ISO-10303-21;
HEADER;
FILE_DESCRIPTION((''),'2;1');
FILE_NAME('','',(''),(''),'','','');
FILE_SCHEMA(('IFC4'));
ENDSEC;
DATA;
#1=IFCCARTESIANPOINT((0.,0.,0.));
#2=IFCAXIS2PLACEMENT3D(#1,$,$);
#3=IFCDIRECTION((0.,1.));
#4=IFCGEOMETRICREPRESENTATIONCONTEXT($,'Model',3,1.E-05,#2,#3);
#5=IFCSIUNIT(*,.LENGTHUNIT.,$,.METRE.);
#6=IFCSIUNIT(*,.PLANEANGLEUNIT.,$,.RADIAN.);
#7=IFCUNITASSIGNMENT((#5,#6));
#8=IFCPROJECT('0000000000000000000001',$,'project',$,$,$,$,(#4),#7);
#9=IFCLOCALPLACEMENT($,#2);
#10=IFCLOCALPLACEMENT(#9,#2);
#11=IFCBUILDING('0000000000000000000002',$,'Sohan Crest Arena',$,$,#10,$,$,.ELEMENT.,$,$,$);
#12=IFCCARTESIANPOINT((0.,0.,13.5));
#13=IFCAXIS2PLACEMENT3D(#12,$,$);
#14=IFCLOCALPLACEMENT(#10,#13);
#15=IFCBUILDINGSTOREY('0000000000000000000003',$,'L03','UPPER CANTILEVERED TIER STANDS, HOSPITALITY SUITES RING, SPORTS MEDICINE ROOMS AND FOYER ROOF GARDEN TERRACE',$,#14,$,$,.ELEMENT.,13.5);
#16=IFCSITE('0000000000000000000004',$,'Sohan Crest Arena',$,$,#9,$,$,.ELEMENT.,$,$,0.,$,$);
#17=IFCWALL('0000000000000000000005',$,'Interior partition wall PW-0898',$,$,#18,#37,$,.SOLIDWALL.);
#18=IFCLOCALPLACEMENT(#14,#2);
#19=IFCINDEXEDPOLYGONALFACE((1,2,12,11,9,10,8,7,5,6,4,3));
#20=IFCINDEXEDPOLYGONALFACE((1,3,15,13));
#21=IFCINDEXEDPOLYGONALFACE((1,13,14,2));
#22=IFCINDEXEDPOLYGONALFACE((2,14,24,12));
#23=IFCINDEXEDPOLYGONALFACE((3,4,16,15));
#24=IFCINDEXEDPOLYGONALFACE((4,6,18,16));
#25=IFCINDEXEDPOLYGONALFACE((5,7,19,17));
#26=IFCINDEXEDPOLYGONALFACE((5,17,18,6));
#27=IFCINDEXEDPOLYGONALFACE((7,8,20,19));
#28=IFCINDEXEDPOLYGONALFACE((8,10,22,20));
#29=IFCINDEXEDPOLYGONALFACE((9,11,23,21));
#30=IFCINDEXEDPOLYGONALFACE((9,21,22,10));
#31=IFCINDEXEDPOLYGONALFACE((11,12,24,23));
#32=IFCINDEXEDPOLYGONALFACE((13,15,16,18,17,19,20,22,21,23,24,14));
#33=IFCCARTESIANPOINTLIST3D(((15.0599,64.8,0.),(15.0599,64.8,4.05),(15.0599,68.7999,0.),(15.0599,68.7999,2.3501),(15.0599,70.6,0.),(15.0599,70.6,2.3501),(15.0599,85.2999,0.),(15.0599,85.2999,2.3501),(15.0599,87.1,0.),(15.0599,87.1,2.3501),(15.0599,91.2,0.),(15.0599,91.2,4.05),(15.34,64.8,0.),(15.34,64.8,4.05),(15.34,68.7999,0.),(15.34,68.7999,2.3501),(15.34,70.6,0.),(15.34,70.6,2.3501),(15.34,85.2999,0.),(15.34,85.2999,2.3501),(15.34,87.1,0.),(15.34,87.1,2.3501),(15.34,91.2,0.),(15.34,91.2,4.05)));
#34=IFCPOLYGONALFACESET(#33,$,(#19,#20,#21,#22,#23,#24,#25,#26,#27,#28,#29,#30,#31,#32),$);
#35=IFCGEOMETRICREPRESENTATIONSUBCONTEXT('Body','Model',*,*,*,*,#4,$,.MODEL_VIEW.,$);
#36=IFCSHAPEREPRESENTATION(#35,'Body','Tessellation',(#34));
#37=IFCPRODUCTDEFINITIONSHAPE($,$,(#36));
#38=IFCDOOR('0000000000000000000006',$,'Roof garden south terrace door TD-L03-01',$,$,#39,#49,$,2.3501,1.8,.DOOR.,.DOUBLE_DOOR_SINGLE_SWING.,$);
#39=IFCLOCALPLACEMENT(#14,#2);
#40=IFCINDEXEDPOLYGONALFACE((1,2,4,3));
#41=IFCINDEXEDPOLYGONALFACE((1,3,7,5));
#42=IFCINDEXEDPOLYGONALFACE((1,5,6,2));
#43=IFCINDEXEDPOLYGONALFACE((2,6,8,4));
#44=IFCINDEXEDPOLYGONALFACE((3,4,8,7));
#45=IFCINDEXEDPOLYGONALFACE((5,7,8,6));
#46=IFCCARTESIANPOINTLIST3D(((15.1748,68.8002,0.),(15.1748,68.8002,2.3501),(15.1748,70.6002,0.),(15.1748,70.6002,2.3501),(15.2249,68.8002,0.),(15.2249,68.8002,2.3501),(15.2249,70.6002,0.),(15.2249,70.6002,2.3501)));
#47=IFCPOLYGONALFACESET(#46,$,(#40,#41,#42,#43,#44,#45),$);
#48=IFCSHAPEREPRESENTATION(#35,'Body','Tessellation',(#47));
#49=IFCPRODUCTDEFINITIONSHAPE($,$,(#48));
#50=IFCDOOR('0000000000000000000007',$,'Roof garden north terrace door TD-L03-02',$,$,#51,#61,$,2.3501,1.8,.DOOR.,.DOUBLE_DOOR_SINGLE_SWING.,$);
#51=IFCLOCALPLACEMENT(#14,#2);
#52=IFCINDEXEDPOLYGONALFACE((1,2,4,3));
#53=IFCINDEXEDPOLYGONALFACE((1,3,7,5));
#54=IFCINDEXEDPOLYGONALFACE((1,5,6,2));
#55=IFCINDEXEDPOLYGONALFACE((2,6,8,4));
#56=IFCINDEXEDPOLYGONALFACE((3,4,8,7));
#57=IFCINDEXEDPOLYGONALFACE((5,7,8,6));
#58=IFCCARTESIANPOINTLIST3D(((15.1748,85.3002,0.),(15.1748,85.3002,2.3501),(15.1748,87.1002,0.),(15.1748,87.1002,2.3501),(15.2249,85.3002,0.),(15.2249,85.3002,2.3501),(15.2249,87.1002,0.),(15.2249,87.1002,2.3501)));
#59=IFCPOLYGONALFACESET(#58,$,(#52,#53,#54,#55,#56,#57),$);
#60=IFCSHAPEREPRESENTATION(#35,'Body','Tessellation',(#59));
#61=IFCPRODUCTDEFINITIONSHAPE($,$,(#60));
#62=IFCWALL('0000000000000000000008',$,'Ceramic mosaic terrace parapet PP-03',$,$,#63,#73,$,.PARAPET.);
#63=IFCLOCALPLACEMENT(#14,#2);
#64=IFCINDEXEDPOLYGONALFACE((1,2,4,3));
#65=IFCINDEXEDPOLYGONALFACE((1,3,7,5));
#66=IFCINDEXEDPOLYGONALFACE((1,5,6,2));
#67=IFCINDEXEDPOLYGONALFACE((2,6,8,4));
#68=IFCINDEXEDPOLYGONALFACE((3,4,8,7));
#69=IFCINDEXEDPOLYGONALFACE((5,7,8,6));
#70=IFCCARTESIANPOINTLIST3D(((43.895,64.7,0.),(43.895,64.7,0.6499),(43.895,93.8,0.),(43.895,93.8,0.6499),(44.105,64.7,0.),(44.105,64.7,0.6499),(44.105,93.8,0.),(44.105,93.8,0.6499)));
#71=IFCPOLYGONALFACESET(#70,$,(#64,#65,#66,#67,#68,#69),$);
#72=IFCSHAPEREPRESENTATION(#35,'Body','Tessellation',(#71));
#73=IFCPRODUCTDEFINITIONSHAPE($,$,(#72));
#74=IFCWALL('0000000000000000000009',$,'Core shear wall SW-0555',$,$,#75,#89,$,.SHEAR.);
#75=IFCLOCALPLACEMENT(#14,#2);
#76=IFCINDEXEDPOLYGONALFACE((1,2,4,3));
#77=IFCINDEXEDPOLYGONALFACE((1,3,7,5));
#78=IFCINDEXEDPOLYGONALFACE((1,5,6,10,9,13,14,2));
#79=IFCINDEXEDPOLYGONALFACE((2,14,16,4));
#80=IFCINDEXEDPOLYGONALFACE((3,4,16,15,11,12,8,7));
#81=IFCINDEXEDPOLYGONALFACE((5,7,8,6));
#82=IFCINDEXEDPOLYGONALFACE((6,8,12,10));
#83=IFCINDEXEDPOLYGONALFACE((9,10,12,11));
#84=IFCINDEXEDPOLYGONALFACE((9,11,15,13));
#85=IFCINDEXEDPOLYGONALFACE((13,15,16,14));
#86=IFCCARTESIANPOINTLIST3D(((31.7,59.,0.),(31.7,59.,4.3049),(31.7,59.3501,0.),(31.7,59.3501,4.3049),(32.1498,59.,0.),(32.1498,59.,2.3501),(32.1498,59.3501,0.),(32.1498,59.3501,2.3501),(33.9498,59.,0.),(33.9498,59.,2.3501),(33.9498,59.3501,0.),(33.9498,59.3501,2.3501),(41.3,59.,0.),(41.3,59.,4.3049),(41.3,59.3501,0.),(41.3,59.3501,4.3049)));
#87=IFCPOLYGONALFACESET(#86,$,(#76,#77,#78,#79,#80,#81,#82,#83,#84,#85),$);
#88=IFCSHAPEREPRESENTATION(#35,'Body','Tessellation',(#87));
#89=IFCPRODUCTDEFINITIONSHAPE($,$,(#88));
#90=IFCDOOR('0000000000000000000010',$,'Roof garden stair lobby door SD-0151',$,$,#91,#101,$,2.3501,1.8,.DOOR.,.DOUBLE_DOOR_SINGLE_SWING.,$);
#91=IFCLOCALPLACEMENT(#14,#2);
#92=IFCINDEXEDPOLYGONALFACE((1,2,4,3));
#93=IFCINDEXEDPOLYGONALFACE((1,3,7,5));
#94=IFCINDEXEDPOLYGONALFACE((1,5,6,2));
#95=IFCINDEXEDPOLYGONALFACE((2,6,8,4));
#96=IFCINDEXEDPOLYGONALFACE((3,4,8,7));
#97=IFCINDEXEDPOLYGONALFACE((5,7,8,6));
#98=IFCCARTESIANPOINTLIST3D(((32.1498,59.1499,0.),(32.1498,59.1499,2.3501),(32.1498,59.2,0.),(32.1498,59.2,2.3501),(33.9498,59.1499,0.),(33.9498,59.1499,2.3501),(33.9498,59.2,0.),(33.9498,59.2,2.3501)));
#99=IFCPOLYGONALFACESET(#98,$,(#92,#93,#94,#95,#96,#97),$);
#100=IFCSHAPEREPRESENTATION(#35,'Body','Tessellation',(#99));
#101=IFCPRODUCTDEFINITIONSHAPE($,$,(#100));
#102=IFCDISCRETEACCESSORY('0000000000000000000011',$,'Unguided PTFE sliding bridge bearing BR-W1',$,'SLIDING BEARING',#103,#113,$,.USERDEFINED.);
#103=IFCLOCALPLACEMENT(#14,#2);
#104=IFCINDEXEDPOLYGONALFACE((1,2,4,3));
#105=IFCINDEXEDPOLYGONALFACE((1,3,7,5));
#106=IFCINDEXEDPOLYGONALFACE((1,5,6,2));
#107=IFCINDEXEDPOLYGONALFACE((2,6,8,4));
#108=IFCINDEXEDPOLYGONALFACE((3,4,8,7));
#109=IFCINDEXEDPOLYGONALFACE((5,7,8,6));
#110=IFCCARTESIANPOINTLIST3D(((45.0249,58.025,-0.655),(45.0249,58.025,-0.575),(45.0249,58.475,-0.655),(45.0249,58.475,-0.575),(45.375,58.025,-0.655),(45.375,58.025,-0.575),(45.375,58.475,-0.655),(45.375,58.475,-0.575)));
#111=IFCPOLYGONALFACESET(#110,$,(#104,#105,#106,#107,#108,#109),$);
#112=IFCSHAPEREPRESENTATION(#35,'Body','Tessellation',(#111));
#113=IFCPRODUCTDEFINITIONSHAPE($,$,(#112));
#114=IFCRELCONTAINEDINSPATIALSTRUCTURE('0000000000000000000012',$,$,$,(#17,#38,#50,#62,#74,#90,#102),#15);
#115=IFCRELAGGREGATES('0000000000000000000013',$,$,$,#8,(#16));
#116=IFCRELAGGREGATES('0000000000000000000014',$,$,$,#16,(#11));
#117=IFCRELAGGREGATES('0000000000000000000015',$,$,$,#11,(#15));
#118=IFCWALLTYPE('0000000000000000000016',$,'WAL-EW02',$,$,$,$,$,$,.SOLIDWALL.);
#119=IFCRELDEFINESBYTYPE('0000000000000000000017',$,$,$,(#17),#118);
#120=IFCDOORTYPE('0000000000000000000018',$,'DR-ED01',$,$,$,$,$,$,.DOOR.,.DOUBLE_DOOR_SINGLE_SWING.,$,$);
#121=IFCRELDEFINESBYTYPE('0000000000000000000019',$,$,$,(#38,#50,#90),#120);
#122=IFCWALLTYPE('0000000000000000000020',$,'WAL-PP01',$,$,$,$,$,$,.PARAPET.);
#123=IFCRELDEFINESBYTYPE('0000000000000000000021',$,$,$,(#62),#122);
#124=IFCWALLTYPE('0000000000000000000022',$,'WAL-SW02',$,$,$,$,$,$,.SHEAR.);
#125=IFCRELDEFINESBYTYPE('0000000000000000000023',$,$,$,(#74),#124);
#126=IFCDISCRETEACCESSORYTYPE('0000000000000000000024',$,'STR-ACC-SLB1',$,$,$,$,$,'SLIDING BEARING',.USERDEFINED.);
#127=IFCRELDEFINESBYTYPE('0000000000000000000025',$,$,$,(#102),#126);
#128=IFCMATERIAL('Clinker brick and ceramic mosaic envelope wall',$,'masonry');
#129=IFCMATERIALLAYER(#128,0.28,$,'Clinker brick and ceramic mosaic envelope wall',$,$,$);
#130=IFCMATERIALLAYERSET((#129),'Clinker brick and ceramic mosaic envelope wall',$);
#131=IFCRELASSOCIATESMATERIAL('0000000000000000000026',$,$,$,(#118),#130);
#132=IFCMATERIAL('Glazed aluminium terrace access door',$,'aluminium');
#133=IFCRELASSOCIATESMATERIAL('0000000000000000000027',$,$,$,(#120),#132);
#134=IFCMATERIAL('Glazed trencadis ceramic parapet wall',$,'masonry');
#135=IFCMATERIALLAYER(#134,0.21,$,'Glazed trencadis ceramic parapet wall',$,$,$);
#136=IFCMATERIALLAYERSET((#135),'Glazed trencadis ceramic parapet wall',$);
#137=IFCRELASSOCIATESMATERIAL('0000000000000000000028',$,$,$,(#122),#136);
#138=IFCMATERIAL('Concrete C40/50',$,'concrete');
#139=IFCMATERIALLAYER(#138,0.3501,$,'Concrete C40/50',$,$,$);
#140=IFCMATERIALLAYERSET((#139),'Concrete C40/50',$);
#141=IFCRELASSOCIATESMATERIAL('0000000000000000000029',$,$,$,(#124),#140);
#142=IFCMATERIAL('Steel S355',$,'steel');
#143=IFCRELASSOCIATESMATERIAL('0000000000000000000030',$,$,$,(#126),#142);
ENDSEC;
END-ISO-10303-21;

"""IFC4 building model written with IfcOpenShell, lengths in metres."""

from ifc_helpers import new_model, si_unit, direction, frame, frame_2d, origin, origin_2d, place, context, subcontext, project, spatial, rectangle, extrude, material, layer, layer_set, type_object, element, fill, save


model = new_model("IFC4")

# Units and contexts
model_context = context("Model", 3, precision=1e-05, world=origin(), true_north=direction((0.0, 1.0)))
body_context = subcontext(model_context, "Body", "Model", "MODEL_VIEW")
ifc_project = project(units=[si_unit("LENGTHUNIT", "METRE"), si_unit("PLANEANGLEUNIT", "RADIAN")], contexts=[model_context])

# Site, building, storey
site_placement = place(None, origin())
site = spatial("IfcSite", under=ifc_project, at=site_placement, Name="Sohan Crest Arena", CompositionType="ELEMENT", RefElevation=0.0)
building_placement = place(site_placement, origin())
building = spatial("IfcBuilding", under=site, at=building_placement, Name="Sohan Crest Arena", CompositionType="ELEMENT")
storey_placement = place(building_placement, frame((0.0, 0.0, 13.5)))
storey = spatial("IfcBuildingStorey", under=building, at=storey_placement, Name="L03", Description="UPPER CANTILEVERED TIER STANDS, HOSPITALITY SUITES RING, SPORTS MEDICINE ROOMS AND FOYER ROOF GARDEN TERRACE", CompositionType="ELEMENT", Elevation=13.5)

# Shared definitions
ifc_material_1 = material(Name="Concrete C40/50", Category="concrete")
ifc_material_2 = material(Name="Steel S355", Category="steel")

# Shared definitions
ifc_material_3 = material(Name="Clinker brick and ceramic mosaic envelope wall", Category="masonry")
ifc_layer_1 = layer(ifc_material_3, 0.28, Name="Clinker brick and ceramic mosaic envelope wall")
ifc_layer_set_1 = layer_set([ifc_layer_1], Name="Clinker brick and ceramic mosaic envelope wall")
wall_type_1 = type_object("IfcWallType", Name="WAL-EW02", PredefinedType="SOLIDWALL", material=ifc_layer_set_1)

# Wall, openings, doors
wall_1_placement = place(storey_placement, frame((15.2, 64.8, 0.0), z_axis=(0.0, 0.0, 1.0), x_axis=(0.0, 1.0, 0.0)))
wall_1 = element("IfcWall", 1, at=wall_1_placement, inside=storey, type_object=wall_type_1, Name="Interior partition wall PW-0898", PredefinedType="SOLIDWALL", context=body_context, shape_type="SweptSolid", body=[
    extrude(rectangle(XDim=26.3999, YDim=0.28, at=frame_2d((13.2, 0.0))), origin(), (0.0, 0.0, 1.0), 4.05),
])
opening_1_placement = place(wall_1_placement, frame((4.0, 0.0, 0.0)))
opening_1 = element("IfcOpeningElement", 2, at=opening_1_placement, cuts=wall_1, PredefinedType="OPENING", context=body_context, shape_type="SweptSolid", body=[
    extrude(rectangle(XDim=1.8, YDim=2.3501, at=frame_2d((0.8999, 1.175))), frame((0.0, 0.1499, 0.0), z_axis=(0.0, -1.0, 0.0), x_axis=(1.0, 0.0, 0.0)), (0.0, 0.0, 1.0), 0.3),
])
opening_2_placement = place(wall_1_placement, frame((20.5, 0.0, 0.0)))
opening_2 = element("IfcOpeningElement", 3, at=opening_2_placement, cuts=wall_1, PredefinedType="OPENING", context=body_context, shape_type="SweptSolid", body=[
    extrude(rectangle(XDim=1.8, YDim=2.3501, at=frame_2d((0.8999, 1.175))), frame((0.0, 0.1499, 0.0), z_axis=(0.0, -1.0, 0.0), x_axis=(1.0, 0.0, 0.0)), (0.0, 0.0, 1.0), 0.3),
])
ifc_material_4 = material(Name="Glazed aluminium terrace access door", Category="aluminium")
door_type = type_object("IfcDoorType", Name="DR-ED01", OperationType="DOUBLE_DOOR_SINGLE_SWING", PredefinedType="DOOR", material=ifc_material_4)
door_1_placement = place(opening_1_placement, frame((1.8, 0.0, 0.0), z_axis=(0.0, 0.0, 1.0), x_axis=(-1.0, 0.0, 0.0)))
door_1 = element("IfcDoor", 4, at=door_1_placement, inside=storey, type_object=door_type, Name="Roof garden south terrace door TD-L03-01", OperationType="DOUBLE_DOOR_SINGLE_SWING", OverallHeight=2.3501, OverallWidth=1.8, PredefinedType="DOOR", context=body_context, shape_type="SweptSolid", body=[
    extrude(rectangle(XDim=1.8, YDim=2.3501, at=frame_2d((0.8999, 1.175))), frame((0.0, 0.0249, 0.0), z_axis=(0.0, -1.0, 0.0), x_axis=(1.0, 0.0, 0.0)), (0.0, 0.0, 1.0), 0.05),
])
fill(opening_1, door_1)
door_2_placement = place(opening_2_placement, frame((1.8, 0.0, 0.0), z_axis=(0.0, 0.0, 1.0), x_axis=(-1.0, 0.0, 0.0)))
door_2 = element("IfcDoor", 5, at=door_2_placement, inside=storey, type_object=door_type, Name="Roof garden north terrace door TD-L03-02", OperationType="DOUBLE_DOOR_SINGLE_SWING", OverallHeight=2.3501, OverallWidth=1.8, PredefinedType="DOOR", context=body_context, shape_type="SweptSolid", body=[
    extrude(rectangle(XDim=1.8, YDim=2.3501, at=frame_2d((0.8999, 1.175))), frame((0.0, 0.0249, 0.0), z_axis=(0.0, -1.0, 0.0), x_axis=(1.0, 0.0, 0.0)), (0.0, 0.0, 1.0), 0.05),
])
fill(opening_2, door_2)

# Wall
ifc_material_5 = material(Name="Glazed trencadis ceramic parapet wall", Category="masonry")
ifc_layer_2 = layer(ifc_material_5, 0.21, Name="Glazed trencadis ceramic parapet wall")
ifc_layer_set_2 = layer_set([ifc_layer_2], Name="Glazed trencadis ceramic parapet wall")
wall_type_2 = type_object("IfcWallType", Name="WAL-PP01", PredefinedType="PARAPET", material=ifc_layer_set_2)
wall_2_placement = place(storey_placement, frame((44.0, 64.7, 0.0), z_axis=(0.0, 0.0, 1.0), x_axis=(0.0, 1.0, 0.0)))
element("IfcWall", 6, at=wall_2_placement, inside=storey, type_object=wall_type_2, Name="Ceramic mosaic terrace parapet PP-03", PredefinedType="PARAPET", context=body_context, shape_type="SweptSolid", body=[
    extrude(rectangle(XDim=29.1001, YDim=0.21, at=frame_2d((14.55, 0.0))), origin(), (0.0, 0.0, 1.0), 0.6499),
])

# Wall, opening, door
ifc_layer_3 = layer(ifc_material_1, 0.3501, Name="Concrete C40/50")
ifc_layer_set_3 = layer_set([ifc_layer_3], Name="Concrete C40/50")
wall_type_3 = type_object("IfcWallType", Name="WAL-SW02", PredefinedType="SHEAR", material=ifc_layer_set_3)
wall_3_placement = place(storey_placement, frame((31.7, 59.175, 0.0), z_axis=(0.0, 0.0, 1.0), x_axis=(1.0, 0.0, 0.0)))
wall_3 = element("IfcWall", 7, at=wall_3_placement, inside=storey, type_object=wall_type_3, Name="Core shear wall SW-0555", PredefinedType="SHEAR", context=body_context, shape_type="SweptSolid", body=[
    extrude(rectangle(XDim=9.6001, YDim=0.3501, at=frame_2d((4.8, 0.0))), origin(), (0.0, 0.0, 1.0), 4.3049),
])
opening_3_placement = place(wall_3_placement, frame((0.45, 0.0, 0.0)))
opening_3 = element("IfcOpeningElement", 8, at=opening_3_placement, cuts=wall_3, PredefinedType="OPENING", context=body_context, shape_type="SweptSolid", body=[
    extrude(rectangle(XDim=1.8, YDim=2.3501, at=frame_2d((0.8999, 1.175))), frame((0.0, 0.1851, 0.0), z_axis=(0.0, -1.0, 0.0), x_axis=(1.0, 0.0, 0.0)), (0.0, 0.0, 1.0), 0.3701),
])
door_3_placement = place(opening_3_placement, origin())
door_3 = element("IfcDoor", 9, at=door_3_placement, inside=storey, type_object=door_type, Name="Roof garden stair lobby door SD-0151", OperationType="DOUBLE_DOOR_SINGLE_SWING", OverallHeight=2.3501, OverallWidth=1.8, PredefinedType="DOOR", context=body_context, shape_type="SweptSolid", body=[
    extrude(rectangle(XDim=1.8, YDim=2.3501, at=frame_2d((0.8999, 1.175))), frame((0.0, 0.0249, 0.0), z_axis=(0.0, -1.0, 0.0), x_axis=(1.0, 0.0, 0.0)), (0.0, 0.0, 1.0), 0.05),
])
fill(opening_3, door_3)

# Discrete accessory
discrete_accessory_type = type_object("IfcDiscreteAccessoryType", Name="STR-ACC-SLB1", ElementType="SLIDING BEARING", PredefinedType="USERDEFINED", material=ifc_material_2)
discrete_accessory_placement = place(storey_placement, frame((45.2, 58.25, -0.655), z_axis=(0.0, 0.0, 1.0), x_axis=(1.0, 0.0, 0.0)))
element("IfcDiscreteAccessory", 10, at=discrete_accessory_placement, inside=storey, type_object=discrete_accessory_type, Name="Unguided PTFE sliding bridge bearing BR-W1", ObjectType="SLIDING BEARING", PredefinedType="USERDEFINED", context=body_context, shape_type="SweptSolid", body=[
    extrude(rectangle(XDim=0.3501, YDim=0.45, at=origin_2d()), origin(), (0.0, 0.0, 1.0), 0.0801),
])

save(model, "model.ifc")
